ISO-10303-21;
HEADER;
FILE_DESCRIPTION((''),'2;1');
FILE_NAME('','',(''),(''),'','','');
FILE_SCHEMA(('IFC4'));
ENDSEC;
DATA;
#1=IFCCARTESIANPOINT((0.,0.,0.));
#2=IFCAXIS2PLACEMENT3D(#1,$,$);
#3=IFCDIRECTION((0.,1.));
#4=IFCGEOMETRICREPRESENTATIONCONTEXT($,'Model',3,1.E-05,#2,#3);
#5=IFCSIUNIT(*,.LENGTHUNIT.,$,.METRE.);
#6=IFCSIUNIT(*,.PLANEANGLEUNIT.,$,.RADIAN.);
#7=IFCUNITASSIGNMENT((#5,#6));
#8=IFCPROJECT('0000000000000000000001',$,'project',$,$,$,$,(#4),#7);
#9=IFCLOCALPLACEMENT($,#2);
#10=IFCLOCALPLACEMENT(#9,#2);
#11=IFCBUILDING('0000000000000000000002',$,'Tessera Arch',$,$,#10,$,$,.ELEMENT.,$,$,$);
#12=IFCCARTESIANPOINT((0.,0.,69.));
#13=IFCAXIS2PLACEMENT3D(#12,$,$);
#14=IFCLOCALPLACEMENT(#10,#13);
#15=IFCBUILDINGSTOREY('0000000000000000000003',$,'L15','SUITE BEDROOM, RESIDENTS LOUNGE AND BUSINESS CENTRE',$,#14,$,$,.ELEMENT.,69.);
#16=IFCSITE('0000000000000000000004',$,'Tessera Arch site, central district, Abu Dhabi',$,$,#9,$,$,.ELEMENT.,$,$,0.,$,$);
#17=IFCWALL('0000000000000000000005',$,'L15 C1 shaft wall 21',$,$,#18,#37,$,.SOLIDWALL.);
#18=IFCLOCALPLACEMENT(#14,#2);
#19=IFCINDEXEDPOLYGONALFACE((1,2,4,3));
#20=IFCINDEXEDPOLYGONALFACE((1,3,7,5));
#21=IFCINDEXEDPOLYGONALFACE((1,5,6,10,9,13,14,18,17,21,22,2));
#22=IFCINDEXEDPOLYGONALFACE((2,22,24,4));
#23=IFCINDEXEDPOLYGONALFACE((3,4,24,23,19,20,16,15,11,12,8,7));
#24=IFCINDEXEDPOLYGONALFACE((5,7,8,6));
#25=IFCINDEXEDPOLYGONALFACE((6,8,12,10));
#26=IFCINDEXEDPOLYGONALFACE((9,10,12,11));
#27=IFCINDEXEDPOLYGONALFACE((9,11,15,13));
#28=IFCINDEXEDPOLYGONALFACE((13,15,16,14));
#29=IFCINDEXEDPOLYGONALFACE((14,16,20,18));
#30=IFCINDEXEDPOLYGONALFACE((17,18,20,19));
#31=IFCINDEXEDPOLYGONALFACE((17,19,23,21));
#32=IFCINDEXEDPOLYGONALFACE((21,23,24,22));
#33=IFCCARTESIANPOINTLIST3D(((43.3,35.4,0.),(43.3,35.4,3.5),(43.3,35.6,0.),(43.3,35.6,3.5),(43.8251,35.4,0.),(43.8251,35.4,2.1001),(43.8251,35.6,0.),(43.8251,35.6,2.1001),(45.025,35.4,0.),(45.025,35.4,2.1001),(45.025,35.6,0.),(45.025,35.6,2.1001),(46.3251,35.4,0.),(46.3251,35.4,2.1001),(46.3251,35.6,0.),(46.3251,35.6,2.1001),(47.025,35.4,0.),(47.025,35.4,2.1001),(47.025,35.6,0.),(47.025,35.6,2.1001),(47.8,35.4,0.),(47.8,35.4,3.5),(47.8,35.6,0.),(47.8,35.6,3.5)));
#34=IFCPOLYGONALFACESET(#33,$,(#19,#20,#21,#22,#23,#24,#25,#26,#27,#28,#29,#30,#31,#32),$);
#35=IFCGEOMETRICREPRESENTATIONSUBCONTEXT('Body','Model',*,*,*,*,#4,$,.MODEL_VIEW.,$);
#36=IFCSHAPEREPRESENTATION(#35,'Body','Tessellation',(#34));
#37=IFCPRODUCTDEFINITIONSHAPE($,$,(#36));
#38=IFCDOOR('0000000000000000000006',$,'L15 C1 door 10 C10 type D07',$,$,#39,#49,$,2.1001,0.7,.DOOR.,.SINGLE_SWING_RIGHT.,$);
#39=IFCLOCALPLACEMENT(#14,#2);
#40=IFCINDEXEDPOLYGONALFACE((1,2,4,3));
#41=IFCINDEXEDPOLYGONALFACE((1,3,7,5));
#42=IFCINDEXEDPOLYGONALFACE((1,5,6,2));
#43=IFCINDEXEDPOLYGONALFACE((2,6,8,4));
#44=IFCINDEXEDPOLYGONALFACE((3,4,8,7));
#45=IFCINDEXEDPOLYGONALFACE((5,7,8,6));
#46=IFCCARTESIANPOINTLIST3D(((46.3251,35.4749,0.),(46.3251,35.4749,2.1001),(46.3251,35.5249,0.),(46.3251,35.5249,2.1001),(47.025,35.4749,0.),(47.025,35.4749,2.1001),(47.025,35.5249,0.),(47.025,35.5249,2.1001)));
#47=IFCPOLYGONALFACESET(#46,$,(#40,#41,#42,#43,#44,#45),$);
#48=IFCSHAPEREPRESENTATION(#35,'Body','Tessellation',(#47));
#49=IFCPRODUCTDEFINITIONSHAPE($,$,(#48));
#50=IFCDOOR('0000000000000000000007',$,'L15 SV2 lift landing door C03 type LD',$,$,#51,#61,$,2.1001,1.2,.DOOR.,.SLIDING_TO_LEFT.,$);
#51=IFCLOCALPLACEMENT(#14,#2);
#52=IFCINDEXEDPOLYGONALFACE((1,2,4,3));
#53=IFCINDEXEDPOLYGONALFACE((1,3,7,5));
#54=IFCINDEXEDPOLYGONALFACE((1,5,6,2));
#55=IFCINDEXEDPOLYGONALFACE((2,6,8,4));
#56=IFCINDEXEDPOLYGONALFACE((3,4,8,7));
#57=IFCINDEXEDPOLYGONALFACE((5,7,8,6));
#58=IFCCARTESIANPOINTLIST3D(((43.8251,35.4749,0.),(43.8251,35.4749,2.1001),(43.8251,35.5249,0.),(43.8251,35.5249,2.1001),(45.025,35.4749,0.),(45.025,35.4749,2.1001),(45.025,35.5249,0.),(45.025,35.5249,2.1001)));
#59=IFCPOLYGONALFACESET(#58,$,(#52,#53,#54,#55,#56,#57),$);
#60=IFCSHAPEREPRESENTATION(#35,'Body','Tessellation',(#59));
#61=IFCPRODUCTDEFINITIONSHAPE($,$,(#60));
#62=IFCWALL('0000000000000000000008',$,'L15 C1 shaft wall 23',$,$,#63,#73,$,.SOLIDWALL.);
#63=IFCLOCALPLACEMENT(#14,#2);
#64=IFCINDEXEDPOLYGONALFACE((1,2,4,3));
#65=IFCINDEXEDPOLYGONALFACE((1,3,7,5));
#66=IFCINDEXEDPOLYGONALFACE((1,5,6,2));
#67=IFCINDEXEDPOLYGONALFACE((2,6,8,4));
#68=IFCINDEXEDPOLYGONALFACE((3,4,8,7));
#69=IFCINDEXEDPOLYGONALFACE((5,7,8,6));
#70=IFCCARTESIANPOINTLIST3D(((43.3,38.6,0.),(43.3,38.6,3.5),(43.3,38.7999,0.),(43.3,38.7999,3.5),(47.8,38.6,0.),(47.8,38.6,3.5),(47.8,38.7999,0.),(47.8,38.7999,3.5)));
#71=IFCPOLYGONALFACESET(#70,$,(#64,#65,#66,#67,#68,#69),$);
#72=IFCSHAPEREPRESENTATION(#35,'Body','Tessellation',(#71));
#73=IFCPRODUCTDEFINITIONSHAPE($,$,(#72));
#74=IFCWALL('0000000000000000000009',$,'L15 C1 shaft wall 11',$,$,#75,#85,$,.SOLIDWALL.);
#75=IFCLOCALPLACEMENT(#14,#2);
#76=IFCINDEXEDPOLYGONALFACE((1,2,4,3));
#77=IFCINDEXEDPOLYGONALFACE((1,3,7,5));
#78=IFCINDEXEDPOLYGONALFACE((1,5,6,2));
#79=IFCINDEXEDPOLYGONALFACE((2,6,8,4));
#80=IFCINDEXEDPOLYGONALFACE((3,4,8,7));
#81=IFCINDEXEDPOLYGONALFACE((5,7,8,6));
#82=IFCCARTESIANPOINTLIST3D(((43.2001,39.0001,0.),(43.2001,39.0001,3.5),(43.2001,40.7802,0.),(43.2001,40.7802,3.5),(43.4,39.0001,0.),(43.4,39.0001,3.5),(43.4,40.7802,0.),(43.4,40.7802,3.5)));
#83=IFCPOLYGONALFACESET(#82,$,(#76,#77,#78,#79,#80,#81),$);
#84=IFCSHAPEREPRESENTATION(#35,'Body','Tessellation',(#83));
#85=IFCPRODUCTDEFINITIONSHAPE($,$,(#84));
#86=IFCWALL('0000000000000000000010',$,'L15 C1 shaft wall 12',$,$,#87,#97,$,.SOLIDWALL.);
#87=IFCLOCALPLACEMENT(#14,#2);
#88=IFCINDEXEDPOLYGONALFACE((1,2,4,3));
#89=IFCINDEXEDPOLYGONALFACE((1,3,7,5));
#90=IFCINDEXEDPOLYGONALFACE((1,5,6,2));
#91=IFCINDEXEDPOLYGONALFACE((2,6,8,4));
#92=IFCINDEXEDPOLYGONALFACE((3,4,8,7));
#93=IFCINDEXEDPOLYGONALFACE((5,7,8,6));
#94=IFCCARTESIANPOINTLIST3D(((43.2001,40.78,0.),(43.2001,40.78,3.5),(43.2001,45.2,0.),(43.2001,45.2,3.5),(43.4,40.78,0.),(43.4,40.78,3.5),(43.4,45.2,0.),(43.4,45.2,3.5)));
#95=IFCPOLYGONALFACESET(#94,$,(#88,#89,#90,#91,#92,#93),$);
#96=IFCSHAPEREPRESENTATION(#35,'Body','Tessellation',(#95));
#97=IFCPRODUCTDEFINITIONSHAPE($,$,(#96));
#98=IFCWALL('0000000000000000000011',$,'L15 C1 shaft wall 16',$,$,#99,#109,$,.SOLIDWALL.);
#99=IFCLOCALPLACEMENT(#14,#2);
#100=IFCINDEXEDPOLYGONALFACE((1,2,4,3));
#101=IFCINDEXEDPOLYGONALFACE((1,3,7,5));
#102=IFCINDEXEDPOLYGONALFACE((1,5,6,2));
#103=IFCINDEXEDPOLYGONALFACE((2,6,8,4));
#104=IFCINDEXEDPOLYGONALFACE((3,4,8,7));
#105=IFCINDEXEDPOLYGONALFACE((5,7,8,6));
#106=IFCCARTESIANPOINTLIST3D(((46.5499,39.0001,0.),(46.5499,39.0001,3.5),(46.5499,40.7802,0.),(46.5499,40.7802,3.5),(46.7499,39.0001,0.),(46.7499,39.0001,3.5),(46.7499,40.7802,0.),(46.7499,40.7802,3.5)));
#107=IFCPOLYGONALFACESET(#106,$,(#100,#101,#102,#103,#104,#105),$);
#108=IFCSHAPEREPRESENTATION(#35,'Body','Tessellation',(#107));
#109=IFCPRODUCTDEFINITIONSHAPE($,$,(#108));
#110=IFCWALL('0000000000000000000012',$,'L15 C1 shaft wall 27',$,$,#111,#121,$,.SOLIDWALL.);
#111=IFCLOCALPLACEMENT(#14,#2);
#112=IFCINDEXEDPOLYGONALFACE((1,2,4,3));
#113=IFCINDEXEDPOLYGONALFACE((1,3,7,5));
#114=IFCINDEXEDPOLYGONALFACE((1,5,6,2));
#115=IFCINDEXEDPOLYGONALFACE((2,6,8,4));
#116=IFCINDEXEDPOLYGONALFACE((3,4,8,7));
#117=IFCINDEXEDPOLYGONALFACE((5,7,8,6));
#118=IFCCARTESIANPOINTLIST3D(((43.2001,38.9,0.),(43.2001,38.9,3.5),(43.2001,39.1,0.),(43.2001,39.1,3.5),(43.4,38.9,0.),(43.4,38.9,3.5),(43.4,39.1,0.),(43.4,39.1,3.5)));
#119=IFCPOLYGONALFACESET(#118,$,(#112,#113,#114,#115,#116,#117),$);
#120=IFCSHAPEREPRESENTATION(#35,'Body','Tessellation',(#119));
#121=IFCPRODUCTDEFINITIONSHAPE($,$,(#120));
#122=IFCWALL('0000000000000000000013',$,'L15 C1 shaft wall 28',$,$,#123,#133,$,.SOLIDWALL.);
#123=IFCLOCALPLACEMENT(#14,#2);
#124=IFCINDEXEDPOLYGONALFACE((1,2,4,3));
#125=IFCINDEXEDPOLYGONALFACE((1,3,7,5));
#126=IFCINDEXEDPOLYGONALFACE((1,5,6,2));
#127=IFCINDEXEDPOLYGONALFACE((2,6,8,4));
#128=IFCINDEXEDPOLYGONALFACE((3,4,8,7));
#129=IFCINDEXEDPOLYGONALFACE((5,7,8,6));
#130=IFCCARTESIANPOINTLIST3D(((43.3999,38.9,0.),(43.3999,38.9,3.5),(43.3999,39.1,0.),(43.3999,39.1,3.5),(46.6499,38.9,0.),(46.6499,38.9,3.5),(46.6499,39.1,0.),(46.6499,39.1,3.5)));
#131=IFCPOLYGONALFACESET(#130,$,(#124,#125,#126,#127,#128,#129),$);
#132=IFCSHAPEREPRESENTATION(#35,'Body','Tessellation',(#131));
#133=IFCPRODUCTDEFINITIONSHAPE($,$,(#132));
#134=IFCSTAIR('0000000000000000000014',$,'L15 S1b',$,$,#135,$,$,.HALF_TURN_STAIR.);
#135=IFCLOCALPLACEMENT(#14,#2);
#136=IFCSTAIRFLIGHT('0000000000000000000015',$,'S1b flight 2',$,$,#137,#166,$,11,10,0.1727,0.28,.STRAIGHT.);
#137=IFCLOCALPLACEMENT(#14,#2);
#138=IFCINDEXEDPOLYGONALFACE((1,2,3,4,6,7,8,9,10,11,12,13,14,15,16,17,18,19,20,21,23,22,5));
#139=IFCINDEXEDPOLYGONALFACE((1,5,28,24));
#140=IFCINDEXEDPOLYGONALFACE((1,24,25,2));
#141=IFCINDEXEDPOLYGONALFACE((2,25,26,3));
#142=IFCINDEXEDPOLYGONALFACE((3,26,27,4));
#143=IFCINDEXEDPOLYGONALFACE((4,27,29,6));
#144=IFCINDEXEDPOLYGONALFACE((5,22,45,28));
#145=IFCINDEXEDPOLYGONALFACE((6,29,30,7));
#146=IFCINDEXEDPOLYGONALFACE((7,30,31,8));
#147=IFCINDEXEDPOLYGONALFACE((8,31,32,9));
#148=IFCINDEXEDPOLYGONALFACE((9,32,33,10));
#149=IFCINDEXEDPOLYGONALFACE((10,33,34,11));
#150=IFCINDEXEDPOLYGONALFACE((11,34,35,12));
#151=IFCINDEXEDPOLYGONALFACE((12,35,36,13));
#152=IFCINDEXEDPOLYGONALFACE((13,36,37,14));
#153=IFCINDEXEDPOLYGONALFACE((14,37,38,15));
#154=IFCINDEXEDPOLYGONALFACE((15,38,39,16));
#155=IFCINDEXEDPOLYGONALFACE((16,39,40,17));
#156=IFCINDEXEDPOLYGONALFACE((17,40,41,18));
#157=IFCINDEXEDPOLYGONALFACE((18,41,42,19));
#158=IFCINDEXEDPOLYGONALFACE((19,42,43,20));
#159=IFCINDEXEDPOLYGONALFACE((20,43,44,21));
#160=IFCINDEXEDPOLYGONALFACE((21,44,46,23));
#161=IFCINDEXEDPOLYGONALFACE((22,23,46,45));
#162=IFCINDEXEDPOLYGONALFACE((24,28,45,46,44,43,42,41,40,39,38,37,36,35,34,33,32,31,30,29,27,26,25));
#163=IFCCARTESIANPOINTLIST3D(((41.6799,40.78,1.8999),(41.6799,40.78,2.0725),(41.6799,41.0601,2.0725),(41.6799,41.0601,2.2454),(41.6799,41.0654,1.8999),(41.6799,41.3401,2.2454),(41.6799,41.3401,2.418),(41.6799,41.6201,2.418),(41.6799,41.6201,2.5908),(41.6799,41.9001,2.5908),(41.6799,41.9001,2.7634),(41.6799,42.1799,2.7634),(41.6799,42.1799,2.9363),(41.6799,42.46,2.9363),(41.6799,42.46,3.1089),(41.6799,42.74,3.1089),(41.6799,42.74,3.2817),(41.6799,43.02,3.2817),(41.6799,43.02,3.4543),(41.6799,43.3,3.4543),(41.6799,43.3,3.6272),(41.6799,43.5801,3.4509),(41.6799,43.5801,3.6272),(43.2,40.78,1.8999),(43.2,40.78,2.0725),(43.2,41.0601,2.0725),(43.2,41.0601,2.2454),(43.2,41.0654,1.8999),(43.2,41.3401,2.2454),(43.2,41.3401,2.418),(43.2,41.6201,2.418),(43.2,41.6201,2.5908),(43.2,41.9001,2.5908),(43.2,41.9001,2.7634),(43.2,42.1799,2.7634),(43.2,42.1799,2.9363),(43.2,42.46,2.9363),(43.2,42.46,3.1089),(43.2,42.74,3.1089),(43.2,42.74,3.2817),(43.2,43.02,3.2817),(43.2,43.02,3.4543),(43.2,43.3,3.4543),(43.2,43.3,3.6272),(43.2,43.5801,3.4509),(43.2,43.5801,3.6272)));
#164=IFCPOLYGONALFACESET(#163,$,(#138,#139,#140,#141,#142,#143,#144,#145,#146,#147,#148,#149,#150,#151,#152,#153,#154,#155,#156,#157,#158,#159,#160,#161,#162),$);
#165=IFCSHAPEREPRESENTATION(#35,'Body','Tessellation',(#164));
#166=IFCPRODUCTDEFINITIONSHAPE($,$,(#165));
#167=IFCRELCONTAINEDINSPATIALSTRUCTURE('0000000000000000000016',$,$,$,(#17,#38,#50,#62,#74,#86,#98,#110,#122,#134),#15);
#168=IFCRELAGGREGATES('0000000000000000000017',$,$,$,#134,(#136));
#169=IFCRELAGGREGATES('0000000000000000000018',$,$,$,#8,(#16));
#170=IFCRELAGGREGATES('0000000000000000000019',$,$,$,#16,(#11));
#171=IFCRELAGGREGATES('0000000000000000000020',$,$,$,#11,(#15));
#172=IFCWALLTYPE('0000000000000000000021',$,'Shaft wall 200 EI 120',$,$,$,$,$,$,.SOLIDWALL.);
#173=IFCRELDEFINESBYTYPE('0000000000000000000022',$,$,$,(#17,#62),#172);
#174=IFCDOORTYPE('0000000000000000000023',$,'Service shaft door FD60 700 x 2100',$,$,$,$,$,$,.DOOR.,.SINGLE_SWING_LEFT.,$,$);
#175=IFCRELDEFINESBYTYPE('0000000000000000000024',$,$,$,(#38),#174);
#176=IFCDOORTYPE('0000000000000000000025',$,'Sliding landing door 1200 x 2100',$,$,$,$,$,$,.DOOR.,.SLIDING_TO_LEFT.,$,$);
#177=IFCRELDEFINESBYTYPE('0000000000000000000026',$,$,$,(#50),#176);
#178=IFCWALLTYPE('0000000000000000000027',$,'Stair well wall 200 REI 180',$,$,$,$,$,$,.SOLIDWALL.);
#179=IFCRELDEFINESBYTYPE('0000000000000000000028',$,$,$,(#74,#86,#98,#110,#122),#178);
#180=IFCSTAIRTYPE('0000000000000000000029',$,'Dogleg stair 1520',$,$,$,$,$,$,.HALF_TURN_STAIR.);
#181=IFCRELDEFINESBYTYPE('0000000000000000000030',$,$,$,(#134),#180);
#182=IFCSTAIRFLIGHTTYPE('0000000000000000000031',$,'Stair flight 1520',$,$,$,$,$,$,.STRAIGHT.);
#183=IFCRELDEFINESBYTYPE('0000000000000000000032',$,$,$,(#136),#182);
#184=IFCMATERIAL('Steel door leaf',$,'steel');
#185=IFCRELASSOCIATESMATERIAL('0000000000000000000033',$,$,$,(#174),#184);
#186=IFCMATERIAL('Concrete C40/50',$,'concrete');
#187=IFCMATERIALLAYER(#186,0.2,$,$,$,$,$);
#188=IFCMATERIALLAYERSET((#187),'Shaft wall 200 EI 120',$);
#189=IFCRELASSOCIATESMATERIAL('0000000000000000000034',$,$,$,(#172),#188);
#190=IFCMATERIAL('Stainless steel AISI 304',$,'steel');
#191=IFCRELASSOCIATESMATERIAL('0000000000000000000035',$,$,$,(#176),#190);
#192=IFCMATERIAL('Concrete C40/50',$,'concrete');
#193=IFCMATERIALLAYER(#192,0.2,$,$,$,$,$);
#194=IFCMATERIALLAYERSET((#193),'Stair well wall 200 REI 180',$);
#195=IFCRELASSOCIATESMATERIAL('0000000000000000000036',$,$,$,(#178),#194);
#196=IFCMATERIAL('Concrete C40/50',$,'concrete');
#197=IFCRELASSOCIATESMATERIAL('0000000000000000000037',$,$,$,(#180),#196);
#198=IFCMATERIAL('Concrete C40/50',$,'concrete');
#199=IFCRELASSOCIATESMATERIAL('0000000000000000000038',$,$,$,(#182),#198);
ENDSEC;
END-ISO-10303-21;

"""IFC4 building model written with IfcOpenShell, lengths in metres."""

from ifc_helpers import new_model, si_unit, direction, frame, frame_2d, origin, place, context, subcontext, project, spatial, polyline, rectangle, outline, extrude, material, layer, layer_set, type_object, element, fill, aggregate, save


model = new_model("IFC4")

# Units and contexts
model_context = context("Model", 3, precision=1e-05, world=origin(), true_north=direction((0.0, 1.0)))
body_context = subcontext(model_context, "Body", "Model", "MODEL_VIEW")
ifc_project = project(units=[si_unit("LENGTHUNIT", "METRE"), si_unit("PLANEANGLEUNIT", "RADIAN")], contexts=[model_context])

# Site, building, storey
site_placement = place(None, origin())
site = spatial("IfcSite", under=ifc_project, at=site_placement, Name="Tessera Arch site, central district, Abu Dhabi", CompositionType="ELEMENT", RefElevation=0.0)
building_placement = place(site_placement, origin())
building = spatial("IfcBuilding", under=site, at=building_placement, Name="Tessera Arch", CompositionType="ELEMENT")
storey_placement = place(building_placement, frame((0.0, 0.0, 69.0)))
storey = spatial("IfcBuildingStorey", under=building, at=storey_placement, Name="L15", Description="SUITE BEDROOM, RESIDENTS LOUNGE AND BUSINESS CENTRE", CompositionType="ELEMENT", Elevation=69.0)

# Shared definitions
ifc_material_1 = material(Name="Steel door leaf", Category="steel")
door_type_1 = type_object("IfcDoorType", Name="Service shaft door FD60 700 x 2100", OperationType="SINGLE_SWING_LEFT", PredefinedType="DOOR", material=ifc_material_1)

# Shared definitions
ifc_material_2 = material(Name="Concrete C40/50", Category="concrete")
ifc_layer_1 = layer(ifc_material_2, 0.2)
ifc_layer_set_1 = layer_set([ifc_layer_1], Name="Shaft wall 200 EI 120")
wall_type_1 = type_object("IfcWallType", Name="Shaft wall 200 EI 120", PredefinedType="SOLIDWALL", material=ifc_layer_set_1)

# Wall, openings, doors
wall_1_placement = place(storey_placement, frame((43.3, 35.5, 0.0), z_axis=(0.0, 0.0, 1.0), x_axis=(1.0, 0.0, 0.0)))
wall_1 = element("IfcWall", 1, at=wall_1_placement, inside=storey, type_object=wall_type_1, Name="L15 C1 shaft wall 21", PredefinedType="SOLIDWALL", context=body_context, shape_type="SweptSolid", body=[
    extrude(rectangle(XDim=4.5, YDim=0.2, at=frame_2d((2.25, 0.0))), origin(), (0.0, 0.0, 1.0), 3.5),
])
opening_1_placement = place(wall_1_placement, frame((0.5249, 0.0, 0.0)))
opening_1 = element("IfcOpeningElement", 2, at=opening_1_placement, cuts=wall_1, PredefinedType="OPENING", context=body_context, shape_type="SweptSolid", body=[
    extrude(rectangle(XDim=1.2, YDim=2.1001, at=frame_2d((0.6001, 1.05))), frame((0.0, 0.1099, 0.0), z_axis=(0.0, -1.0, 0.0), x_axis=(1.0, 0.0, 0.0)), (0.0, 0.0, 1.0), 0.22),
])
opening_2_placement = place(wall_1_placement, frame((3.0249, 0.0, 0.0)))
opening_2 = element("IfcOpeningElement", 3, at=opening_2_placement, cuts=wall_1, PredefinedType="OPENING", context=body_context, shape_type="SweptSolid", body=[
    extrude(rectangle(XDim=0.7, YDim=2.1001, at=frame_2d((0.3501, 1.05))), frame((0.0, 0.1099, 0.0), z_axis=(0.0, -1.0, 0.0), x_axis=(1.0, 0.0, 0.0)), (0.0, 0.0, 1.0), 0.22),
])
door_1_placement = place(opening_2_placement, origin())
door_1 = element("IfcDoor", 4, at=door_1_placement, inside=storey, type_object=door_type_1, Name="L15 C1 door 10 C10 type D07", OperationType="SINGLE_SWING_RIGHT", OverallHeight=2.1001, OverallWidth=0.7, PredefinedType="DOOR", context=body_context, shape_type="SweptSolid", body=[
    extrude(rectangle(XDim=0.7, YDim=2.1001, at=frame_2d((0.3501, 1.05))), frame((0.0, 0.0249, 0.0), z_axis=(0.0, -1.0, 0.0), x_axis=(1.0, 0.0, 0.0)), (0.0, 0.0, 1.0), 0.05),
])
fill(opening_2, door_1)
ifc_material_3 = material(Name="Stainless steel AISI 304", Category="steel")
door_type_2 = type_object("IfcDoorType", Name="Sliding landing door 1200 x 2100", OperationType="SLIDING_TO_LEFT", PredefinedType="DOOR", material=ifc_material_3)
door_2_placement = place(opening_1_placement, origin())
door_2 = element("IfcDoor", 5, at=door_2_placement, inside=storey, type_object=door_type_2, Name="L15 SV2 lift landing door C03 type LD", OperationType="SLIDING_TO_LEFT", OverallHeight=2.1001, OverallWidth=1.2, PredefinedType="DOOR", context=body_context, shape_type="SweptSolid", body=[
    extrude(rectangle(XDim=1.2, YDim=2.1001, at=frame_2d((0.6001, 1.05))), frame((0.0, 0.0249, 0.0), z_axis=(0.0, -1.0, 0.0), x_axis=(1.0, 0.0, 0.0)), (0.0, 0.0, 1.0), 0.05),
])
fill(opening_1, door_2)

# Walls
wall_2_placement = place(storey_placement, frame((43.3, 38.7, 0.0), z_axis=(0.0, 0.0, 1.0), x_axis=(1.0, 0.0, 0.0)))
element("IfcWall", 6, at=wall_2_placement, inside=storey, type_object=wall_type_1, Name="L15 C1 shaft wall 23", PredefinedType="SOLIDWALL", context=body_context, shape_type="SweptSolid", body=[
    extrude(rectangle(XDim=4.5, YDim=0.2, at=frame_2d((2.25, 0.0))), origin(), (0.0, 0.0, 1.0), 3.5),
])
ifc_material_4 = material(Name="Concrete C40/50", Category="concrete")
ifc_layer_2 = layer(ifc_material_4, 0.2)
ifc_layer_set_2 = layer_set([ifc_layer_2], Name="Stair well wall 200 REI 180")
wall_type_2 = type_object("IfcWallType", Name="Stair well wall 200 REI 180", PredefinedType="SOLIDWALL", material=ifc_layer_set_2)
wall_3_placement = place(storey_placement, frame((43.3, 39.0, 0.0), z_axis=(0.0, 0.0, 1.0), x_axis=(0.0, 1.0, 0.0)))
element("IfcWall", 7, at=wall_3_placement, inside=storey, type_object=wall_type_2, Name="L15 C1 shaft wall 11", PredefinedType="SOLIDWALL", context=body_context, shape_type="SweptSolid", body=[
    extrude(rectangle(XDim=1.78, YDim=0.2, at=frame_2d((0.8901, 0.0))), origin(), (0.0, 0.0, 1.0), 3.5),
])
wall_4_placement = place(storey_placement, frame((43.3, 40.78, 0.0), z_axis=(0.0, 0.0, 1.0), x_axis=(0.0, 1.0, 0.0)))
element("IfcWall", 8, at=wall_4_placement, inside=storey, type_object=wall_type_2, Name="L15 C1 shaft wall 12", PredefinedType="SOLIDWALL", context=body_context, shape_type="SweptSolid", body=[
    extrude(rectangle(XDim=4.4199, YDim=0.2, at=frame_2d((2.21, 0.0))), origin(), (0.0, 0.0, 1.0), 3.5),
])
wall_5_placement = place(storey_placement, frame((46.6499, 39.0, 0.0), z_axis=(0.0, 0.0, 1.0), x_axis=(0.0, 1.0, 0.0)))
element("IfcWall", 9, at=wall_5_placement, inside=storey, type_object=wall_type_2, Name="L15 C1 shaft wall 16", PredefinedType="SOLIDWALL", context=body_context, shape_type="SweptSolid", body=[
    extrude(rectangle(XDim=1.78, YDim=0.2, at=frame_2d((0.8901, 0.0))), origin(), (0.0, 0.0, 1.0), 3.5),
])
wall_6_placement = place(storey_placement, frame((43.2, 39.0, 0.0), z_axis=(0.0, 0.0, 1.0), x_axis=(1.0, 0.0, 0.0)))
element("IfcWall", 10, at=wall_6_placement, inside=storey, type_object=wall_type_2, Name="L15 C1 shaft wall 27", PredefinedType="SOLIDWALL", context=body_context, shape_type="SweptSolid", body=[
    extrude(rectangle(XDim=0.2, YDim=0.2, at=frame_2d((0.1001, 0.0))), origin(), (0.0, 0.0, 1.0), 3.5),
])
wall_7_placement = place(storey_placement, frame((43.3999, 39.0, 0.0), z_axis=(0.0, 0.0, 1.0), x_axis=(1.0, 0.0, 0.0)))
element("IfcWall", 11, at=wall_7_placement, inside=storey, type_object=wall_type_2, Name="L15 C1 shaft wall 28", PredefinedType="SOLIDWALL", context=body_context, shape_type="SweptSolid", body=[
    extrude(rectangle(XDim=3.25, YDim=0.2, at=frame_2d((1.625, 0.0))), origin(), (0.0, 0.0, 1.0), 3.5),
])

# Stair, stair flight
ifc_material_5 = material(Name="Concrete C40/50", Category="concrete")
stair_type = type_object("IfcStairType", Name="Dogleg stair 1520", PredefinedType="HALF_TURN_STAIR", material=ifc_material_5)
stair_placement = place(storey_placement, origin())
stair = element("IfcStair", 12, at=stair_placement, inside=storey, type_object=stair_type, Name="L15 S1b", PredefinedType="HALF_TURN_STAIR")
ifc_material_6 = material(Name="Concrete C40/50", Category="concrete")
stair_flight_type = type_object("IfcStairFlightType", Name="Stair flight 1520", PredefinedType="STRAIGHT", material=ifc_material_6)
stair_flight_placement = place(storey_placement, frame((42.4399, 40.78, 1.8999), z_axis=(0.0, 0.0, 1.0), x_axis=(0.0, 1.0, 0.0)))
stair_flight = element("IfcStairFlight", 13, at=stair_flight_placement, type_object=stair_flight_type, Name="S1b flight 2", NumberOfRisers=11, NumberOfTreads=10, PredefinedType="STRAIGHT", RiserHeight=0.1727, TreadLength=0.28, context=body_context, shape_type="SweptSolid", body=[
    extrude(outline(polyline([(0.0, 0.0), (0.0, 0.1726), (0.28, 0.1726), (0.28, 0.3455), (0.5601, 0.3455), (0.5601, 0.5181), (0.8401, 0.5181), (0.8401, 0.6909), (1.1201, 0.6909), (1.1201, 0.8635), (1.3999, 0.8635), (1.3999, 1.0364), (1.6799, 1.0364), (1.6799, 1.209), (1.96, 1.209), (1.96, 1.3818), (2.24, 1.3818), (2.24, 1.5544), (2.52, 1.5544), (2.52, 1.7273), (2.8, 1.7273), (2.8, 1.8999), (2.8, 1.551), (0.2854, 0.0), (0.0, 0.0)])), frame((0.0, 0.76, 0.0), z_axis=(0.0, -1.0, 0.0), x_axis=(1.0, 0.0, 0.0)), (0.0, 0.0, 1.0), 1.52),
])
aggregate(stair, [stair_flight])

save(model, "model.ifc")
